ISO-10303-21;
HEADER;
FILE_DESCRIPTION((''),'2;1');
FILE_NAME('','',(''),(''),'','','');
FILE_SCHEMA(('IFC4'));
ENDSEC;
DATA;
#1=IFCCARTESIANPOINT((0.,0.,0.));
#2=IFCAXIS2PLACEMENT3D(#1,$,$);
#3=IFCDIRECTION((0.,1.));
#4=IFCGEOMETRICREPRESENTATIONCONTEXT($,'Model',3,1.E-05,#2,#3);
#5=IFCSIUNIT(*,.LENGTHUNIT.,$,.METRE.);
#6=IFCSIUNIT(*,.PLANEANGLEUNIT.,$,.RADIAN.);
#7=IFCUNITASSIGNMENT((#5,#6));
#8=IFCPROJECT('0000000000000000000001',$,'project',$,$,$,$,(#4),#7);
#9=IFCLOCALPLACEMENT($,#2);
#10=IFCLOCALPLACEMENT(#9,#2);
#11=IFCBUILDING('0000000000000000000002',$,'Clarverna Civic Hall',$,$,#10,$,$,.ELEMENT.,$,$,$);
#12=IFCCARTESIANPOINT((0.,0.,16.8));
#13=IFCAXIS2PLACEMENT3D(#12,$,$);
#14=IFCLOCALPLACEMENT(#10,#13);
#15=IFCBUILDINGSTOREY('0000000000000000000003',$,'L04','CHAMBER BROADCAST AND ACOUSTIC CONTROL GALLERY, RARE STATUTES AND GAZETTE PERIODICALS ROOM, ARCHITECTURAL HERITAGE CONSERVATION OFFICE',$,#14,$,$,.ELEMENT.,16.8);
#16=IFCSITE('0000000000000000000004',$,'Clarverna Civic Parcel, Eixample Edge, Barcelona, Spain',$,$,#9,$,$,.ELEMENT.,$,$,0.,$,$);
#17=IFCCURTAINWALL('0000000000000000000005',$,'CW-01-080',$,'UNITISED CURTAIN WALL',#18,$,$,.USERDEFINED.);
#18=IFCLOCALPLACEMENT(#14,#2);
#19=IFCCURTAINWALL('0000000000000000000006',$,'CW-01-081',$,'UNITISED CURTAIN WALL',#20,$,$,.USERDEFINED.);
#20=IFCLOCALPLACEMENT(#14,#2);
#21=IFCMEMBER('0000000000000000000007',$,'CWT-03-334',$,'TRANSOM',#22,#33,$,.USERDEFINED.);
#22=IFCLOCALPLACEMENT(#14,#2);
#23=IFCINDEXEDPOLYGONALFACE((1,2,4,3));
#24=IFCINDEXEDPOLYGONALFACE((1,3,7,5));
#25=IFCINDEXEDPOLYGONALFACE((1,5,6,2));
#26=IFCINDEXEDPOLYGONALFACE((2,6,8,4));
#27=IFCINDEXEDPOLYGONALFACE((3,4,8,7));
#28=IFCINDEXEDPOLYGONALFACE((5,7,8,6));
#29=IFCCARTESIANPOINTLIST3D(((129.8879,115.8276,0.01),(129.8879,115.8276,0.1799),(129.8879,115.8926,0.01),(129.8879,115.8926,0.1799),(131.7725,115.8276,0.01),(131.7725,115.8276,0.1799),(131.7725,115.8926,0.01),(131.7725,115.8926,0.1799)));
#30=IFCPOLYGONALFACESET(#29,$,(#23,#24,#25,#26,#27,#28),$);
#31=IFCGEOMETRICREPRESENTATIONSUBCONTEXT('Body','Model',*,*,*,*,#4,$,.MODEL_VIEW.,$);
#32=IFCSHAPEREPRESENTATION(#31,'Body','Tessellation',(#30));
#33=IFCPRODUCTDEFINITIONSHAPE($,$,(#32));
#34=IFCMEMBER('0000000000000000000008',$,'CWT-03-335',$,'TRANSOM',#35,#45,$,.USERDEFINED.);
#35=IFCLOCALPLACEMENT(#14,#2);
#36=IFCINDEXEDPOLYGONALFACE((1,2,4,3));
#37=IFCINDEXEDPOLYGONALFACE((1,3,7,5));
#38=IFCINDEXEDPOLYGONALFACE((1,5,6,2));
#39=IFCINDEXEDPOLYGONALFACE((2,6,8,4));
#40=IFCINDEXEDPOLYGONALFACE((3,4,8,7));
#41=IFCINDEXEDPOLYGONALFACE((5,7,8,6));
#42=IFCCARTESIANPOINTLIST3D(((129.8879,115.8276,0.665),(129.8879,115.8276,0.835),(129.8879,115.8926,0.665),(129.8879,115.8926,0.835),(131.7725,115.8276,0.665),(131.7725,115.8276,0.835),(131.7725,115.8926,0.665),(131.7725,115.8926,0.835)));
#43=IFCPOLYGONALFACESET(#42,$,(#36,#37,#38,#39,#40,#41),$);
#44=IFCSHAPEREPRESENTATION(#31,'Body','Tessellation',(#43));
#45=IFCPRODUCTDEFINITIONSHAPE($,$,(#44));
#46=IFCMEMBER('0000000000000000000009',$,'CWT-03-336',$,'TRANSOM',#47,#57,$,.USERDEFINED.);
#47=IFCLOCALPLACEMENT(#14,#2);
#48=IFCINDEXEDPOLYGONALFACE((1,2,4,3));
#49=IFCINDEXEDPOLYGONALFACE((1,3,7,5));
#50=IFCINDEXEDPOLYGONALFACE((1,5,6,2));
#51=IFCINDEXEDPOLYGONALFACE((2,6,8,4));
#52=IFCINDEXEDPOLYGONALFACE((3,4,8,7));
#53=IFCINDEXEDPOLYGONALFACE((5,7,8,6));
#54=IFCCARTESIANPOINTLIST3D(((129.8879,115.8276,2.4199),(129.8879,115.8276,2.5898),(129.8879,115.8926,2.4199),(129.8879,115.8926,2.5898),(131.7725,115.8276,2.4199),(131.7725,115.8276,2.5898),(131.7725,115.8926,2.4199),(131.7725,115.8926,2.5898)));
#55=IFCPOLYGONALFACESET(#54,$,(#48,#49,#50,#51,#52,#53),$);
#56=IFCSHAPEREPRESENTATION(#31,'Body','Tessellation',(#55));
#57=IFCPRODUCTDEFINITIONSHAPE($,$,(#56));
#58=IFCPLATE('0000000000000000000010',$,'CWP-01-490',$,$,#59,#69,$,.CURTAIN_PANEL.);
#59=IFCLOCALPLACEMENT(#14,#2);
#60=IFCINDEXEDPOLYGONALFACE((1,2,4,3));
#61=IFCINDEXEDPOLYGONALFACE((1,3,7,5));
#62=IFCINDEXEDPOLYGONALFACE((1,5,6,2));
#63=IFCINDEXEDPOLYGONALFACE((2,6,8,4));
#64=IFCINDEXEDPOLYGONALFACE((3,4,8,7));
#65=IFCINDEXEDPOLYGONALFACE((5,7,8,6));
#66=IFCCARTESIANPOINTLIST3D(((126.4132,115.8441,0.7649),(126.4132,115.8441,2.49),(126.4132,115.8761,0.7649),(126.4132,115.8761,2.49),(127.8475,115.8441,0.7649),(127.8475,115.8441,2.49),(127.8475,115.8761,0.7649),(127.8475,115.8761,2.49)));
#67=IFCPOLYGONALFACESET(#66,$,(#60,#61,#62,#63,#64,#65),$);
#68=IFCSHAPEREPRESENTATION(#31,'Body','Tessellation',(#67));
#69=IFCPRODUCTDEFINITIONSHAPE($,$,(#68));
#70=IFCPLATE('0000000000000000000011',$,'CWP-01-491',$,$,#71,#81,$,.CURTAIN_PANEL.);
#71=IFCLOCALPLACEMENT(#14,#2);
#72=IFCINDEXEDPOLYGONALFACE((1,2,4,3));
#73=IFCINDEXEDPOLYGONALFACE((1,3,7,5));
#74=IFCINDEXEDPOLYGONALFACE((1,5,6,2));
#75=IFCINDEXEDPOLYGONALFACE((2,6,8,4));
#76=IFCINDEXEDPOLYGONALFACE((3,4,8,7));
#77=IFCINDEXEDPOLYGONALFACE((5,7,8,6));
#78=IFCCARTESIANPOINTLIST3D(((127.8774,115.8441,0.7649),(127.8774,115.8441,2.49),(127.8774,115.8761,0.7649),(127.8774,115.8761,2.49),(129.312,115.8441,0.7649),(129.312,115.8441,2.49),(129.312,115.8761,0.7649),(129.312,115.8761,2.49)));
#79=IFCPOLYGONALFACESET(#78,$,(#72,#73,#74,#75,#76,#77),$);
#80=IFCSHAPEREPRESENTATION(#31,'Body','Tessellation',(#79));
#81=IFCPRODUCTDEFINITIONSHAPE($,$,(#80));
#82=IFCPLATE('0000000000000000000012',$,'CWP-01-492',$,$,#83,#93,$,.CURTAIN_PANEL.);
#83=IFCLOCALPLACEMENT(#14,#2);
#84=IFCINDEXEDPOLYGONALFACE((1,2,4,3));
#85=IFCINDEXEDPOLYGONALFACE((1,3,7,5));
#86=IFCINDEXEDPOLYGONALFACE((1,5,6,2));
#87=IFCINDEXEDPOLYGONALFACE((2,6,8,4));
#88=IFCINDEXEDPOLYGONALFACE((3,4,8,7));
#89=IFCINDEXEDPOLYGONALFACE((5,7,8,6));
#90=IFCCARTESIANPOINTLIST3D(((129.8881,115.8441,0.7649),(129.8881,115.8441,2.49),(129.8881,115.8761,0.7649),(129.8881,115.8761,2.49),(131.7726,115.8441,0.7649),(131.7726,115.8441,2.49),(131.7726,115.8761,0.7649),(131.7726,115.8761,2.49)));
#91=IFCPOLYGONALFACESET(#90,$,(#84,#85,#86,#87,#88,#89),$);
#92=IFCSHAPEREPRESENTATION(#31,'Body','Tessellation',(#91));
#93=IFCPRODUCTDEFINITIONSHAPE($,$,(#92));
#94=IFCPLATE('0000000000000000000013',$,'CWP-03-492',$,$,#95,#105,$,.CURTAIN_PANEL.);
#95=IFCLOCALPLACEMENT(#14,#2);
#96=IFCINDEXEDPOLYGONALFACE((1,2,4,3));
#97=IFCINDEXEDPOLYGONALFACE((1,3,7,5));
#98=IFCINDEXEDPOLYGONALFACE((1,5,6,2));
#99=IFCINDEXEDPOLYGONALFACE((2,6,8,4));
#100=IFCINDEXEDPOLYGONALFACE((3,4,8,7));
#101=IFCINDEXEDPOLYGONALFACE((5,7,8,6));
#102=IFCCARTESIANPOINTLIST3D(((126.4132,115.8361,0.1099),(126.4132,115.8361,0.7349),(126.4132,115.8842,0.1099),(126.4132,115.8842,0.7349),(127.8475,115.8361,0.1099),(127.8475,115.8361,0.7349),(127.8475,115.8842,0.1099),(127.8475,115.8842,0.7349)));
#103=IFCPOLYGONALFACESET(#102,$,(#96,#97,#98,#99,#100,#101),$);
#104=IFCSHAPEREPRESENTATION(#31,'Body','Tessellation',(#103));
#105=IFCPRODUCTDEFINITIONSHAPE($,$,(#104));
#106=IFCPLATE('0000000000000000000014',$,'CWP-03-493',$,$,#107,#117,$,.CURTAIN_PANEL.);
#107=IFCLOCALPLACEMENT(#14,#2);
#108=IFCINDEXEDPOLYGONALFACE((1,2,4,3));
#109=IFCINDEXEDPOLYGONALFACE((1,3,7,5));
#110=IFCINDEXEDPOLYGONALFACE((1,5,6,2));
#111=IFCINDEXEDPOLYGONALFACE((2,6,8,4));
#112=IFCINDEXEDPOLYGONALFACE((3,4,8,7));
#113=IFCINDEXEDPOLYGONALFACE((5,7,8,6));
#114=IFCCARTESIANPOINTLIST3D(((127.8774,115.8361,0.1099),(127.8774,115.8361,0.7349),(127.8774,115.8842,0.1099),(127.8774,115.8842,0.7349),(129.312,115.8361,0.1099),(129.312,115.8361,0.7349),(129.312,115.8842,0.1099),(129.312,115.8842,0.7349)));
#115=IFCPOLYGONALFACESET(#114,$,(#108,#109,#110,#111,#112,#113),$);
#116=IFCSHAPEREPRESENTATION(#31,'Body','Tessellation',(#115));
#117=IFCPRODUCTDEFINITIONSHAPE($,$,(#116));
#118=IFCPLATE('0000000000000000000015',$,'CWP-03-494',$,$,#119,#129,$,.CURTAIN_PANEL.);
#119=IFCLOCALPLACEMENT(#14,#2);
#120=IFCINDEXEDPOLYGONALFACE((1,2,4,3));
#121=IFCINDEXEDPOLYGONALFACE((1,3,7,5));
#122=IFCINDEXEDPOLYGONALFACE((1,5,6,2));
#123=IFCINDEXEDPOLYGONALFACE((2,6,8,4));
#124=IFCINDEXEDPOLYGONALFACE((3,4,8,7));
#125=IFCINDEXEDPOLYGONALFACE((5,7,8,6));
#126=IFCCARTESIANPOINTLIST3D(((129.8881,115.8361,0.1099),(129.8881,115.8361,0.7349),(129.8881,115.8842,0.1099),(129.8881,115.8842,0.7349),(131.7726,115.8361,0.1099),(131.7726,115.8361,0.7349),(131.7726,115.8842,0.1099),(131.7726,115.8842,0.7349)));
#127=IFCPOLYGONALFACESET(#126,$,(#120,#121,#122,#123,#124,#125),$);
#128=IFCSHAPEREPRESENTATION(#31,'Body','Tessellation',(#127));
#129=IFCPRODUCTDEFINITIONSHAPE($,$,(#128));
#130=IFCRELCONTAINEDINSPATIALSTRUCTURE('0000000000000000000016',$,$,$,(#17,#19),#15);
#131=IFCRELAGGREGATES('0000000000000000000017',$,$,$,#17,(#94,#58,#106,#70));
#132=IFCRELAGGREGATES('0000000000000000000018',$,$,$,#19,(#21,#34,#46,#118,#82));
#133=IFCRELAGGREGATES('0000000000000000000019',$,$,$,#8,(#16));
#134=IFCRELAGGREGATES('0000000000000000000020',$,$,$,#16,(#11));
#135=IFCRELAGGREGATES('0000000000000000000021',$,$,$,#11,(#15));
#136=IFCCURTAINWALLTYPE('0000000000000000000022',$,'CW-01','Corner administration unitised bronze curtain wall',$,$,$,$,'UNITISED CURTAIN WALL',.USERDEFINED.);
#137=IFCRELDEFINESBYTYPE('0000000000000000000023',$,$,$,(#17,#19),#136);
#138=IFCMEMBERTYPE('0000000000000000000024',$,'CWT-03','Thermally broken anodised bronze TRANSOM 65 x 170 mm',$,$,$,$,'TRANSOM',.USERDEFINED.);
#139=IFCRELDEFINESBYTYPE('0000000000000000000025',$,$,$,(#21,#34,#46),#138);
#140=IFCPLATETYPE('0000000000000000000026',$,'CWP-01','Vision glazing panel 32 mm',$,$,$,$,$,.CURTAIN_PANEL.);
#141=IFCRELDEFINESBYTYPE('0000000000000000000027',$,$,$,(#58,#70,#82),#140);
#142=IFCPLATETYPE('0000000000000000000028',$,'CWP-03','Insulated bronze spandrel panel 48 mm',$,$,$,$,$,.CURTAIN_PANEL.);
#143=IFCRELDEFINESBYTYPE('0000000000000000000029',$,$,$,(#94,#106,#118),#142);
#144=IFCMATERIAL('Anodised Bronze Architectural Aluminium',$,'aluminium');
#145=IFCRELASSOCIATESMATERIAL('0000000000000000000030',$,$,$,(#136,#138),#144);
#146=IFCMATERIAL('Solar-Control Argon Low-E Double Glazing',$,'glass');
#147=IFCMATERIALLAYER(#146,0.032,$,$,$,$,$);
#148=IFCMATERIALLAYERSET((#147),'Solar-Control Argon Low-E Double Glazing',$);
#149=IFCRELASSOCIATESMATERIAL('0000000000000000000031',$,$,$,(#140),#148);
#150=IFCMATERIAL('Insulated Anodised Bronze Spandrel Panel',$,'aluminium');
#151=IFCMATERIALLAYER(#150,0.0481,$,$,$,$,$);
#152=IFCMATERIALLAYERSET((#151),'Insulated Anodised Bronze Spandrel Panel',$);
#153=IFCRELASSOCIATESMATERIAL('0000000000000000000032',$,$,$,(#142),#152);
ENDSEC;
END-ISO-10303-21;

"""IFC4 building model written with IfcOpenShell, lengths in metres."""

from ifc_helpers import new_model, si_unit, direction, frame, frame_2d, origin, origin_2d, place, context, subcontext, project, spatial, rectangle, extrude, material, layer, layer_set, material_profile, profile_set, type_object, element, aggregate, save


model = new_model("IFC4")

# Units and contexts
model_context = context("Model", 3, precision=1e-05, world=origin(), true_north=direction((0.0, 1.0)))
body_context = subcontext(model_context, "Body", "Model", "MODEL_VIEW")
ifc_project = project(units=[si_unit("LENGTHUNIT", "METRE"), si_unit("PLANEANGLEUNIT", "RADIAN")], contexts=[model_context])

# Site, building, storey
site_placement = place(None, origin())
site = spatial("IfcSite", under=ifc_project, at=site_placement, Name="Clarverna Civic Parcel, Eixample Edge, Barcelona, Spain", CompositionType="ELEMENT", RefElevation=0.0)
building_placement = place(site_placement, origin())
building = spatial("IfcBuilding", under=site, at=building_placement, Name="Clarverna Civic Hall", CompositionType="ELEMENT")
storey_placement = place(building_placement, frame((0.0, 0.0, 16.8)))
storey = spatial("IfcBuildingStorey", under=building, at=storey_placement, Name="L04", Description="CHAMBER BROADCAST AND ACOUSTIC CONTROL GALLERY, RARE STATUTES AND GAZETTE PERIODICALS ROOM, ARCHITECTURAL HERITAGE CONSERVATION OFFICE", CompositionType="ELEMENT", Elevation=16.8)

# Curtain wall
ifc_material_1 = material(Name="Anodised Bronze Architectural Aluminium", Category="aluminium")
curtain_wall_type = type_object("IfcCurtainWallType", Name="CW-01", Description="Corner administration unitised bronze curtain wall", ElementType="UNITISED CURTAIN WALL", PredefinedType="USERDEFINED", material=ifc_material_1)
curtain_wall_1_placement = place(storey_placement, origin())
curtain_wall_1 = element("IfcCurtainWall", 1, at=curtain_wall_1_placement, inside=storey, type_object=curtain_wall_type, Name="CW-01-080", ObjectType="UNITISED CURTAIN WALL", PredefinedType="USERDEFINED")

# Curtain wall
curtain_wall_2_placement = place(storey_placement, origin())
curtain_wall_2 = element("IfcCurtainWall", 2, at=curtain_wall_2_placement, inside=storey, type_object=curtain_wall_type, Name="CW-01-081", ObjectType="UNITISED CURTAIN WALL", PredefinedType="USERDEFINED")

# Members
ifc_material_profile_1 = material_profile(ifc_material_1, rectangle(XDim=0.0649, YDim=0.1699, at=origin_2d()), Name="BRONZE 65x170")
ifc_profile_set_1 = profile_set([ifc_material_profile_1], Name="Anodised Bronze Architectural Aluminium")
member_type_1 = type_object("IfcMemberType", Name="CWT-03", Description="Thermally broken anodised bronze TRANSOM 65 x 170 mm", ElementType="TRANSOM", PredefinedType="USERDEFINED", material=ifc_profile_set_1)
member_1_placement = place(storey_placement, frame((129.8879, 115.8601, 0.095), z_axis=(1.0, 0.0, 0.0), x_axis=(0.0, 1.0, 0.0)))
member_1 = element("IfcMember", 3, at=member_1_placement, type_object=member_type_1, Name="CWT-03-334", ObjectType="TRANSOM", PredefinedType="USERDEFINED", context=body_context, shape_type="SweptSolid", body=[
    extrude(rectangle(XDim=0.0649, YDim=0.1699, at=origin_2d()), origin(), (0.0, 0.0, 1.0), 1.8845),
])
member_2_placement = place(storey_placement, frame((129.8879, 115.8601, 0.75), z_axis=(1.0, 0.0, 0.0), x_axis=(0.0, 1.0, 0.0)))
member_2 = element("IfcMember", 4, at=member_2_placement, type_object=member_type_1, Name="CWT-03-335", ObjectType="TRANSOM", PredefinedType="USERDEFINED", context=body_context, shape_type="SweptSolid", body=[
    extrude(rectangle(XDim=0.0649, YDim=0.1699, at=origin_2d()), origin(), (0.0, 0.0, 1.0), 1.8845),
])
member_3_placement = place(storey_placement, frame((129.8879, 115.8601, 2.5049), z_axis=(1.0, 0.0, 0.0), x_axis=(0.0, 1.0, 0.0)))
member_3 = element("IfcMember", 5, at=member_3_placement, type_object=member_type_1, Name="CWT-03-336", ObjectType="TRANSOM", PredefinedType="USERDEFINED", context=body_context, shape_type="SweptSolid", body=[
    extrude(rectangle(XDim=0.0649, YDim=0.1699, at=origin_2d()), origin(), (0.0, 0.0, 1.0), 1.8845),
])

# Plates
ifc_material_2 = material(Name="Solar-Control Argon Low-E Double Glazing", Category="glass")
ifc_layer_1 = layer(ifc_material_2, 0.032)
ifc_layer_set_1 = layer_set([ifc_layer_1], Name="Solar-Control Argon Low-E Double Glazing")
plate_type_1 = type_object("IfcPlateType", Name="CWP-01", Description="Vision glazing panel 32 mm", PredefinedType="CURTAIN_PANEL", material=ifc_layer_set_1)
plate_1_placement = place(storey_placement, frame((126.4131, 115.8601, 0.7649), z_axis=(0.0, 0.0, 1.0), x_axis=(1.0, 0.0, 0.0)))
plate_1 = element("IfcPlate", 6, at=plate_1_placement, type_object=plate_type_1, Name="CWP-01-490", PredefinedType="CURTAIN_PANEL", context=body_context, shape_type="SweptSolid", body=[
    extrude(rectangle(XDim=1.4343, YDim=0.032, at=frame_2d((0.7173, 0.0))), origin(), (0.0, 0.0, 1.0), 1.7251),
])
plate_2_placement = place(storey_placement, frame((127.8774, 115.8601, 0.7649), z_axis=(0.0, 0.0, 1.0), x_axis=(1.0, 0.0, 0.0)))
plate_2 = element("IfcPlate", 7, at=plate_2_placement, type_object=plate_type_1, Name="CWP-01-491", PredefinedType="CURTAIN_PANEL", context=body_context, shape_type="SweptSolid", body=[
    extrude(rectangle(XDim=1.4346, YDim=0.032, at=frame_2d((0.7173, 0.0))), origin(), (0.0, 0.0, 1.0), 1.7251),
])
plate_3_placement = place(storey_placement, frame((129.8879, 115.8601, 0.7649), z_axis=(0.0, 0.0, 1.0), x_axis=(1.0, 0.0, 0.0)))
plate_3 = element("IfcPlate", 8, at=plate_3_placement, type_object=plate_type_1, Name="CWP-01-492", PredefinedType="CURTAIN_PANEL", context=body_context, shape_type="SweptSolid", body=[
    extrude(rectangle(XDim=1.8845, YDim=0.032, at=frame_2d((0.9424, 0.0))), origin(), (0.0, 0.0, 1.0), 1.7251),
])
ifc_material_3 = material(Name="Insulated Anodised Bronze Spandrel Panel", Category="aluminium")
ifc_layer_2 = layer(ifc_material_3, 0.0481)
ifc_layer_set_2 = layer_set([ifc_layer_2], Name="Insulated Anodised Bronze Spandrel Panel")
plate_type_2 = type_object("IfcPlateType", Name="CWP-03", Description="Insulated bronze spandrel panel 48 mm", PredefinedType="CURTAIN_PANEL", material=ifc_layer_set_2)
plate_4_placement = place(storey_placement, frame((126.4131, 115.8601, 0.1099), z_axis=(0.0, 0.0, 1.0), x_axis=(1.0, 0.0, 0.0)))
plate_4 = element("IfcPlate", 9, at=plate_4_placement, type_object=plate_type_2, Name="CWP-03-492", PredefinedType="CURTAIN_PANEL", context=body_context, shape_type="SweptSolid", body=[
    extrude(rectangle(XDim=1.4343, YDim=0.0481, at=frame_2d((0.7173, 0.0))), origin(), (0.0, 0.0, 1.0), 0.625),
])
plate_5_placement = place(storey_placement, frame((127.8774, 115.8601, 0.1099), z_axis=(0.0, 0.0, 1.0), x_axis=(1.0, 0.0, 0.0)))
plate_5 = element("IfcPlate", 10, at=plate_5_placement, type_object=plate_type_2, Name="CWP-03-493", PredefinedType="CURTAIN_PANEL", context=body_context, shape_type="SweptSolid", body=[
    extrude(rectangle(XDim=1.4346, YDim=0.0481, at=frame_2d((0.7173, 0.0))), origin(), (0.0, 0.0, 1.0), 0.625),
])
aggregate(curtain_wall_1, [plate_4, plate_1, plate_5, plate_2])
plate_6_placement = place(storey_placement, frame((129.8879, 115.8601, 0.1099), z_axis=(0.0, 0.0, 1.0), x_axis=(1.0, 0.0, 0.0)))
plate_6 = element("IfcPlate", 11, at=plate_6_placement, type_object=plate_type_2, Name="CWP-03-494", PredefinedType="CURTAIN_PANEL", context=body_context, shape_type="SweptSolid", body=[
    extrude(rectangle(XDim=1.8845, YDim=0.0481, at=frame_2d((0.9424, 0.0))), origin(), (0.0, 0.0, 1.0), 0.625),
])
aggregate(curtain_wall_2, [member_1, member_2, member_3, plate_6, plate_3])

save(model, "model.ifc")
